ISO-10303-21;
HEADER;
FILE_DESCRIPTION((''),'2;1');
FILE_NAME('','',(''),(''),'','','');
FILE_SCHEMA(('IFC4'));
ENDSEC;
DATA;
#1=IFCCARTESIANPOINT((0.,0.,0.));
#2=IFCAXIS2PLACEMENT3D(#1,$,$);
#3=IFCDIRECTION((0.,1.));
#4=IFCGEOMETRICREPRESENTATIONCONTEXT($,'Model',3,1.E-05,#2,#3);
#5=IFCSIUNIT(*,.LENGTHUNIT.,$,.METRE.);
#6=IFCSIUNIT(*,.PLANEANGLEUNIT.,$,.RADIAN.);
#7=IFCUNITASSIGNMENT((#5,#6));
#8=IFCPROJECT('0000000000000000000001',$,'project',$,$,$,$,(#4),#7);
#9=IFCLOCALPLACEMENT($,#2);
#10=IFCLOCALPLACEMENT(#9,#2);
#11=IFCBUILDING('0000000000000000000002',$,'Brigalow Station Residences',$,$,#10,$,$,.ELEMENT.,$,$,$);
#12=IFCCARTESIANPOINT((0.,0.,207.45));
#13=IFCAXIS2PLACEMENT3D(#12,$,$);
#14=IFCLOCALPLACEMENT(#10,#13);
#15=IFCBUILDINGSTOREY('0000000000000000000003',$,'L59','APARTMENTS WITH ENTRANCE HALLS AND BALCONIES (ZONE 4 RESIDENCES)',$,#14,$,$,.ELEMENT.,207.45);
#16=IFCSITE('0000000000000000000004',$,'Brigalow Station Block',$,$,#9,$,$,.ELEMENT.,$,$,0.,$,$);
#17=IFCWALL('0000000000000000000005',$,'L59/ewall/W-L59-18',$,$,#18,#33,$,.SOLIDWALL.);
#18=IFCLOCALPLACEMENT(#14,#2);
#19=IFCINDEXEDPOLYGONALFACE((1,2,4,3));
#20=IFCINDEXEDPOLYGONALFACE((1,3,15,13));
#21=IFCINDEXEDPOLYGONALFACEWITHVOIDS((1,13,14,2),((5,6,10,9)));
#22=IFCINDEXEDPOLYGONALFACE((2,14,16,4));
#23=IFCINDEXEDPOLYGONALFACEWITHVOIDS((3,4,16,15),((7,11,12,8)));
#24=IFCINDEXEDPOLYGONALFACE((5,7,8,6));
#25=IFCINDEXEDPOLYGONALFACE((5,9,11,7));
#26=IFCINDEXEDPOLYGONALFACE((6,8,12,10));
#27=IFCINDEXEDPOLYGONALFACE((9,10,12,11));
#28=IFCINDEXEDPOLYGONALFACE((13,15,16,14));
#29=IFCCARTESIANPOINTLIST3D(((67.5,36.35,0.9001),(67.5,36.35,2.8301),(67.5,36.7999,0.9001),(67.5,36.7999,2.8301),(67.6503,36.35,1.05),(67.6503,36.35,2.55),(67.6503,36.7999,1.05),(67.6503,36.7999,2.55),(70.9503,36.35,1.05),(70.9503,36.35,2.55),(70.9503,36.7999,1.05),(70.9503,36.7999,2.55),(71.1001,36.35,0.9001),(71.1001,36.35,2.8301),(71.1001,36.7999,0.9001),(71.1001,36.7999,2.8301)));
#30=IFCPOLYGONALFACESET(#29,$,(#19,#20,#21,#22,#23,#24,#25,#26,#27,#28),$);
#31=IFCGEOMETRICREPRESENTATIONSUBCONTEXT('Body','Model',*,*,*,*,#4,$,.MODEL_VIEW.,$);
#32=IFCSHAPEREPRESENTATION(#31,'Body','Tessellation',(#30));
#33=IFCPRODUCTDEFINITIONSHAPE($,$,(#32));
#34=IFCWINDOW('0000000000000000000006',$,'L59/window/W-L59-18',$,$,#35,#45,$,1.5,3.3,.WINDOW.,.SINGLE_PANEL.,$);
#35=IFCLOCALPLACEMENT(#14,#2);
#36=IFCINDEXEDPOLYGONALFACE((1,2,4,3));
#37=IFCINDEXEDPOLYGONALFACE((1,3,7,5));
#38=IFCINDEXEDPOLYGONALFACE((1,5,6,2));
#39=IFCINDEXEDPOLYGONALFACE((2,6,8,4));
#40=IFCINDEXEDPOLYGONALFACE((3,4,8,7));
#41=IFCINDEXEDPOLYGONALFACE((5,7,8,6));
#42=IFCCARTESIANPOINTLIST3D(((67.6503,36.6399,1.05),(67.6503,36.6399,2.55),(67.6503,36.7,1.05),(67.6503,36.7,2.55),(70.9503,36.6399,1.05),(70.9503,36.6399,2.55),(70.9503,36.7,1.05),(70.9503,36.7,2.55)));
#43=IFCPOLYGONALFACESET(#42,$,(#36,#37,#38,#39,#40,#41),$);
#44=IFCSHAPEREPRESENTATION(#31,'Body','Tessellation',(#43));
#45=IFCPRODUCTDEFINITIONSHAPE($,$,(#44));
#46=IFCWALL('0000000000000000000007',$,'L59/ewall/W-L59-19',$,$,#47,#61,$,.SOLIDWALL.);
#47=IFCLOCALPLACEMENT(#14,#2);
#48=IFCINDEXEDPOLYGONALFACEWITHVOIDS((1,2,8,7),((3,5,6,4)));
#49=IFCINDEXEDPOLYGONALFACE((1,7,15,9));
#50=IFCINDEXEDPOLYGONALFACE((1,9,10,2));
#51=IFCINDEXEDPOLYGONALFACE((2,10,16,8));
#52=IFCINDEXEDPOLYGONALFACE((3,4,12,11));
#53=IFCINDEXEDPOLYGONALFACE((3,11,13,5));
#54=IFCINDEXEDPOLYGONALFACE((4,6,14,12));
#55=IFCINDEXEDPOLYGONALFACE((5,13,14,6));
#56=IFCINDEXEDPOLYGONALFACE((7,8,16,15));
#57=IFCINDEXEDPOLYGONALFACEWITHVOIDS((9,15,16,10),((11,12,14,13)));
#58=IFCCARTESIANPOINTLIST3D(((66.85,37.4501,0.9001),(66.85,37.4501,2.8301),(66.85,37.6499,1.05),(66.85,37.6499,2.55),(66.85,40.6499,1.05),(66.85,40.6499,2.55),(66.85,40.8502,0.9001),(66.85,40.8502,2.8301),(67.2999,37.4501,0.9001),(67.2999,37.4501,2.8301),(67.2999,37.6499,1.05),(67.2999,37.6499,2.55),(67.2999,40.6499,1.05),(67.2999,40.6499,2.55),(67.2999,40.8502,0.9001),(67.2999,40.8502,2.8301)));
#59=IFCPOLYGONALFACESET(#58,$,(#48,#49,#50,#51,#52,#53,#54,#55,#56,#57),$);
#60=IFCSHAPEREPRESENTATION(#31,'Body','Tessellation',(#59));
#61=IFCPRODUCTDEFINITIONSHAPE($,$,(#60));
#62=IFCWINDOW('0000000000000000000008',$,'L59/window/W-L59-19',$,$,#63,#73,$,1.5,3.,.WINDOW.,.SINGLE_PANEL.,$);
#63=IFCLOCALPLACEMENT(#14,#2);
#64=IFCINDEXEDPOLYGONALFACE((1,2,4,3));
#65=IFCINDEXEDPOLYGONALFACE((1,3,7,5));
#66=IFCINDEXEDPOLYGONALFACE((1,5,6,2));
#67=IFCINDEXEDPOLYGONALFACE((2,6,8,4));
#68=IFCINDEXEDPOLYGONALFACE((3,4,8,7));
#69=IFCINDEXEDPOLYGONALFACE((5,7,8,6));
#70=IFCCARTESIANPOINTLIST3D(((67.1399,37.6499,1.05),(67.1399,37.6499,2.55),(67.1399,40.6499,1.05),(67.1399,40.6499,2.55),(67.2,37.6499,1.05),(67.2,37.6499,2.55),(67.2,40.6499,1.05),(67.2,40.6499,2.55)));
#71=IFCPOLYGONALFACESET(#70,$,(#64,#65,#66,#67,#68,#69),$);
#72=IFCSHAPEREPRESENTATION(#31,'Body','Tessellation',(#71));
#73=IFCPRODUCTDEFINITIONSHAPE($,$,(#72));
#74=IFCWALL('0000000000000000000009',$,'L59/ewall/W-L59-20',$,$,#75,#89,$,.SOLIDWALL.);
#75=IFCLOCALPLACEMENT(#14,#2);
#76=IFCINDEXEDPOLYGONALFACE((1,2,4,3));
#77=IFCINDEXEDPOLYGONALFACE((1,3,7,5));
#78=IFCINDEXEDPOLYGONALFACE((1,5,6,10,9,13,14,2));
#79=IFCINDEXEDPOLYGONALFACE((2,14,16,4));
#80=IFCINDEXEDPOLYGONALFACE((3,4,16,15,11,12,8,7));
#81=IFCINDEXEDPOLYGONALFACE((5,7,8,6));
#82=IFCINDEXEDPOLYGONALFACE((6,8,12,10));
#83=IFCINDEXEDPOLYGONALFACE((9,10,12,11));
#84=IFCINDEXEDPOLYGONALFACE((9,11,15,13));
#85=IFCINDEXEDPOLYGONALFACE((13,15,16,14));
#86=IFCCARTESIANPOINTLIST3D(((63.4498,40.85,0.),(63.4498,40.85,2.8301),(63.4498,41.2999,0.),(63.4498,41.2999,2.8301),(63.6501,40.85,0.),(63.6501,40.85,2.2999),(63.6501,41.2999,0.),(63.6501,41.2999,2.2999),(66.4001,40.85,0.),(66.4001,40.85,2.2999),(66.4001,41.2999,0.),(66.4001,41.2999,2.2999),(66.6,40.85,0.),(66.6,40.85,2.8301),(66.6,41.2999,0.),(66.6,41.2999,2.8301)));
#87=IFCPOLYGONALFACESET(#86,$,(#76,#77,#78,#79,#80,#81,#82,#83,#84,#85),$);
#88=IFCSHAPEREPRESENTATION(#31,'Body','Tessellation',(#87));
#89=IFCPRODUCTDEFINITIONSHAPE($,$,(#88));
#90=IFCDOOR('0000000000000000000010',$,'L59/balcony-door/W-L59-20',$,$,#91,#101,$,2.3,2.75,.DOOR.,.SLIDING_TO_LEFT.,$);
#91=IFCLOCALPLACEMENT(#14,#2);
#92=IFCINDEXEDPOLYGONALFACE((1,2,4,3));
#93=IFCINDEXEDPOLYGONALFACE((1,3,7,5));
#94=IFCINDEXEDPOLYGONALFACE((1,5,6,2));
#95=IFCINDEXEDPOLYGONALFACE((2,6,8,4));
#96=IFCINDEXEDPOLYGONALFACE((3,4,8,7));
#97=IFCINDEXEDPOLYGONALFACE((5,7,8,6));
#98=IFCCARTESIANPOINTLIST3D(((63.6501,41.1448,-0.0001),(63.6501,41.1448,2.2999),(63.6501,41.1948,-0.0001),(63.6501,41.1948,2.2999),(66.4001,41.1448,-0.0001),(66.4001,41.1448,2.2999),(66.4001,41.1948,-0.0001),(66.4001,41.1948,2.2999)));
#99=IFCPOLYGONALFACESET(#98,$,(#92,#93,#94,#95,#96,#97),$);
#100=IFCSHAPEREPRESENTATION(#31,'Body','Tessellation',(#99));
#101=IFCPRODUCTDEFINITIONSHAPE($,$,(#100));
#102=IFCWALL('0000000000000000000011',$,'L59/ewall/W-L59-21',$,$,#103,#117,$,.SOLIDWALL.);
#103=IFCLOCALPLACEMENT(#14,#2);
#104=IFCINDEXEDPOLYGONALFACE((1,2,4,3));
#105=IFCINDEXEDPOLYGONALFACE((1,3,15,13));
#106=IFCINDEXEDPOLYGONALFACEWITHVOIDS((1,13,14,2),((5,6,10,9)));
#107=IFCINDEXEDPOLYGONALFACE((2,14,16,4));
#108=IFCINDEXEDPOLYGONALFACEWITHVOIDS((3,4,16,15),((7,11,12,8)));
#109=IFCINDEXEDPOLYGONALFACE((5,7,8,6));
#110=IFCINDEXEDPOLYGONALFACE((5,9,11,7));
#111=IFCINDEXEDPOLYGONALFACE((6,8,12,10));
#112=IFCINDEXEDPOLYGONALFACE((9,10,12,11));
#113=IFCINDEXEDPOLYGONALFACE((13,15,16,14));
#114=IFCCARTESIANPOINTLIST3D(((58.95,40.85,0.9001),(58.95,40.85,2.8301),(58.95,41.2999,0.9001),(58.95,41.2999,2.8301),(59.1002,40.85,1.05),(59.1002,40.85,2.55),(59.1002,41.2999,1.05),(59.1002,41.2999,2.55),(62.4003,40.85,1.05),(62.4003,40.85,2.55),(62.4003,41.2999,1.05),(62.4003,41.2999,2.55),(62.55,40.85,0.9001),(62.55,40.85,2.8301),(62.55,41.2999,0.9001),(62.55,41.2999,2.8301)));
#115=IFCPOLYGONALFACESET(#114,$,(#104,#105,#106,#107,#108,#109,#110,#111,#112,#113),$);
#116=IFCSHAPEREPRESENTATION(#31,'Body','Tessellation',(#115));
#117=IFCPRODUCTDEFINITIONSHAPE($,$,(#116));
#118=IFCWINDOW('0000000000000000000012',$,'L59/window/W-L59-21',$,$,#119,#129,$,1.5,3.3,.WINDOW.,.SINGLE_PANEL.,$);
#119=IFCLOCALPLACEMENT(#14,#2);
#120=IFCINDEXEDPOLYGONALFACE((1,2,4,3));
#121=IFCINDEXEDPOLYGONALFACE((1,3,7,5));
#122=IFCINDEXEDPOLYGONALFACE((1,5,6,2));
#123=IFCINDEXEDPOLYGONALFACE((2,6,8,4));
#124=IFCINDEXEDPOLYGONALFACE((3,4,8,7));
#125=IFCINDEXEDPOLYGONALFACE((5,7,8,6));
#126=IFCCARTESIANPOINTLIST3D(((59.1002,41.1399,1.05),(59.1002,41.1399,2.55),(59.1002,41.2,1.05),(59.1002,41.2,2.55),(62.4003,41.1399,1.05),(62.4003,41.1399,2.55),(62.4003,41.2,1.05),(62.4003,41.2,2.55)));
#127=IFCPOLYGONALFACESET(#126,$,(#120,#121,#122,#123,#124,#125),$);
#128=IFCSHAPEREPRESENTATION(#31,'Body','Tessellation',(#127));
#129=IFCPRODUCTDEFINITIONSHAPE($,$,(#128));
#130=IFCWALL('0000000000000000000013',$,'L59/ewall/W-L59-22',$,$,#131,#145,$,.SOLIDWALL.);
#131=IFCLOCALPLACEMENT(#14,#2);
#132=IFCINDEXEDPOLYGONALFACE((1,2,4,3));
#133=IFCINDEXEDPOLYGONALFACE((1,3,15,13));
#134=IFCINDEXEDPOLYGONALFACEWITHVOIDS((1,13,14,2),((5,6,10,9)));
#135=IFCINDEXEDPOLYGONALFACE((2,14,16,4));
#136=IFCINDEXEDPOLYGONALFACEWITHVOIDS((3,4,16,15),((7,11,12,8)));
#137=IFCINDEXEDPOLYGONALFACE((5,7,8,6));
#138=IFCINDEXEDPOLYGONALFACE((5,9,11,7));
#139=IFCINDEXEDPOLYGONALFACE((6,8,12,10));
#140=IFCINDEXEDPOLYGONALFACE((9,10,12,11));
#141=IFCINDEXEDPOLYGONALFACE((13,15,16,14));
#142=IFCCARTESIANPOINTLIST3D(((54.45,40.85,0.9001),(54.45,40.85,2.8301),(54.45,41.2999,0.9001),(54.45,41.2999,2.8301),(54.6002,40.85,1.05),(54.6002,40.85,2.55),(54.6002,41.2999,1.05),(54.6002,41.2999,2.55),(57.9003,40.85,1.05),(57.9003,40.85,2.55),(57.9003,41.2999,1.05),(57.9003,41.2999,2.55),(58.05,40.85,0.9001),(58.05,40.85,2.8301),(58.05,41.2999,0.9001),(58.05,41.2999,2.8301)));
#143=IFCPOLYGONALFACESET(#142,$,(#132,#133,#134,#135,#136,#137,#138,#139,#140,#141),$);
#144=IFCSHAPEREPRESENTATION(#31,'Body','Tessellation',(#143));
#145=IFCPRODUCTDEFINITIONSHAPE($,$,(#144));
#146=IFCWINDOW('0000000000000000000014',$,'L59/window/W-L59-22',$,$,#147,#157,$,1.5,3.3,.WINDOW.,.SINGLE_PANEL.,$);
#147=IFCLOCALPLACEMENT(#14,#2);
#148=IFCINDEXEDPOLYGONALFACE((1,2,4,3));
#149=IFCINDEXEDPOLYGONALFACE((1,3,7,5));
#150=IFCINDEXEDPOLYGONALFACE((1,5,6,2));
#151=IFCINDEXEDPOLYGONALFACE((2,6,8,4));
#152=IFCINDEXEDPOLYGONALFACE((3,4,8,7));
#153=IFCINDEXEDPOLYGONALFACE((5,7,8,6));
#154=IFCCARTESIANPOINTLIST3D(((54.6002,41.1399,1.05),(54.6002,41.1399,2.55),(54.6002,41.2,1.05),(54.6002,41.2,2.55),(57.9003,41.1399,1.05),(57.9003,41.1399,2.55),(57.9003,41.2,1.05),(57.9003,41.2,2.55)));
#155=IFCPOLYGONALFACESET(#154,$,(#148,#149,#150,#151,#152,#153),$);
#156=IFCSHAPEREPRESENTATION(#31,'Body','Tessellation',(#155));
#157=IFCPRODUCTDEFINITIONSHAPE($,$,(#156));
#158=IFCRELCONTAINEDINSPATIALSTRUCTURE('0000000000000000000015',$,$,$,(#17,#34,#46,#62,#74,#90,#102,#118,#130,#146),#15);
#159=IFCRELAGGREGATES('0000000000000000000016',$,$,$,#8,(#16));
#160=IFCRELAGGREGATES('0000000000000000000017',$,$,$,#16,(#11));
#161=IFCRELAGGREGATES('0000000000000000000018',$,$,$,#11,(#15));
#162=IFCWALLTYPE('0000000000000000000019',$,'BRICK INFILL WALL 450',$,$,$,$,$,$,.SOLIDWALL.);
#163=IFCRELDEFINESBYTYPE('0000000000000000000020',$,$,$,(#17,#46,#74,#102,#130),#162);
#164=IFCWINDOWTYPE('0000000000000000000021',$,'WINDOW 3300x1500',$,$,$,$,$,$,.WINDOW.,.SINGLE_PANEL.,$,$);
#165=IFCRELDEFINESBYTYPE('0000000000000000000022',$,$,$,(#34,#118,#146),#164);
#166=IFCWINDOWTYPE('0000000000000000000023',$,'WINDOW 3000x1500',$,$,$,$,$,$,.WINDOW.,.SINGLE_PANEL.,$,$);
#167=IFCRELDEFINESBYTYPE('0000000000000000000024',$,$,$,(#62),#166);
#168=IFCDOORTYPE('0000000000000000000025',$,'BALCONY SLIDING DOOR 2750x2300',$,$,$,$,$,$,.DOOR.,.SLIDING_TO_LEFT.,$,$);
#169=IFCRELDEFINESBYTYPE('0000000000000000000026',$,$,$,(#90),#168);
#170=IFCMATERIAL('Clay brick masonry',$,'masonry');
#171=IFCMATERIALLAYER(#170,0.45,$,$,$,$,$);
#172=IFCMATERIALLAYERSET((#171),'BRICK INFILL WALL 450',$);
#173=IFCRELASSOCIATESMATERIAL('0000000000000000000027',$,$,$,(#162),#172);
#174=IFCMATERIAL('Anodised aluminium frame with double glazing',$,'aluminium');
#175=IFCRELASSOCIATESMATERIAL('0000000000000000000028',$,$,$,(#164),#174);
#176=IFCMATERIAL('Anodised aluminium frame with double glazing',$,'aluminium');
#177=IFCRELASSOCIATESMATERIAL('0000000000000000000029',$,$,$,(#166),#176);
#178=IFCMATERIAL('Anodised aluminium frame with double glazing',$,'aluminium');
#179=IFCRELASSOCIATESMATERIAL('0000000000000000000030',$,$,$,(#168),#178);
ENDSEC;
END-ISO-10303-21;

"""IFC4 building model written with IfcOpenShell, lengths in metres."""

from ifc_helpers import new_model, si_unit, direction, frame, frame_2d, origin, place, context, subcontext, project, spatial, rectangle, extrude, material, layer, layer_set, type_object, element, fill, save


model = new_model("IFC4")

# Units and contexts
model_context = context("Model", 3, precision=1e-05, world=origin(), true_north=direction((0.0, 1.0)))
body_context = subcontext(model_context, "Body", "Model", "MODEL_VIEW")
ifc_project = project(units=[si_unit("LENGTHUNIT", "METRE"), si_unit("PLANEANGLEUNIT", "RADIAN")], contexts=[model_context])

# Site, building, storey
site_placement = place(None, origin())
site = spatial("IfcSite", under=ifc_project, at=site_placement, Name="Brigalow Station Block", CompositionType="ELEMENT", RefElevation=0.0)
building_placement = place(site_placement, origin())
building = spatial("IfcBuilding", under=site, at=building_placement, Name="Brigalow Station Residences", CompositionType="ELEMENT")
storey_placement = place(building_placement, frame((0.0, 0.0, 207.45)))
storey = spatial("IfcBuildingStorey", under=building, at=storey_placement, Name="L59", Description="APARTMENTS WITH ENTRANCE HALLS AND BALCONIES (ZONE 4 RESIDENCES)", CompositionType="ELEMENT", Elevation=207.45)

# Walls, openings, windows
ifc_material_1 = material(Name="Clay brick masonry", Category="masonry")
ifc_layer_1 = layer(ifc_material_1, 0.45)
ifc_layer_set_1 = layer_set([ifc_layer_1], Name="BRICK INFILL WALL 450")
wall_type_1 = type_object("IfcWallType", Name="BRICK INFILL WALL 450", PredefinedType="SOLIDWALL", material=ifc_layer_set_1)
wall_1_placement = place(storey_placement, frame((71.1001, 36.575, 0.9001), z_axis=(0.0, 0.0, 1.0), x_axis=(-1.0, 0.0, 0.0)))
wall_1 = element("IfcWall", 1, at=wall_1_placement, inside=storey, type_object=wall_type_1, Name="L59/ewall/W-L59-18", PredefinedType="SOLIDWALL", context=body_context, shape_type="SweptSolid", body=[
    extrude(rectangle(XDim=3.6001, YDim=0.45, at=frame_2d((1.8, 0.0))), origin(), (0.0, 0.0, 1.0), 1.9299),
])
opening_1_placement = place(wall_1_placement, frame((0.1499, 0.0, 0.1499)))
opening_1 = element("IfcOpeningElement", 2, at=opening_1_placement, cuts=wall_1, PredefinedType="OPENING", context=body_context, shape_type="SweptSolid", body=[
    extrude(rectangle(XDim=3.3, YDim=1.5, at=frame_2d((1.6499, 0.75))), frame((0.0, 0.2349, 0.0), z_axis=(0.0, -1.0, 0.0), x_axis=(1.0, 0.0, 0.0)), (0.0, 0.0, 1.0), 0.47),
])
ifc_material_2 = material(Name="Anodised aluminium frame with double glazing", Category="aluminium")
window_type_1 = type_object("IfcWindowType", Name="WINDOW 3300x1500", PartitioningType="SINGLE_PANEL", PredefinedType="WINDOW", material=ifc_material_2)
window_1_placement = place(opening_1_placement, origin())
window_1 = element("IfcWindow", 3, at=window_1_placement, inside=storey, type_object=window_type_1, Name="L59/window/W-L59-18", OverallHeight=1.5, OverallWidth=3.3, PartitioningType="SINGLE_PANEL", PredefinedType="WINDOW", context=body_context, shape_type="SweptSolid", body=[
    extrude(rectangle(XDim=3.3, YDim=1.5, at=frame_2d((1.6499, 0.75))), frame((0.0, -0.0649, 0.0), z_axis=(0.0, -1.0, 0.0), x_axis=(1.0, 0.0, 0.0)), (0.0, 0.0, 1.0), 0.0601),
])
fill(opening_1, window_1)
wall_2_placement = place(storey_placement, frame((67.075, 37.45, 0.9001), z_axis=(0.0, 0.0, 1.0), x_axis=(0.0, 1.0, 0.0)))
wall_2 = element("IfcWall", 4, at=wall_2_placement, inside=storey, type_object=wall_type_1, Name="L59/ewall/W-L59-19", PredefinedType="SOLIDWALL", context=body_context, shape_type="SweptSolid", body=[
    extrude(rectangle(XDim=3.4001, YDim=0.45, at=frame_2d((1.7002, 0.0))), origin(), (0.0, 0.0, 1.0), 1.9299),
])
opening_2_placement = place(wall_2_placement, frame((0.2, 0.0, 0.1499)))
opening_2 = element("IfcOpeningElement", 5, at=opening_2_placement, cuts=wall_2, PredefinedType="OPENING", context=body_context, shape_type="SweptSolid", body=[
    extrude(rectangle(XDim=3.0, YDim=1.5, at=frame_2d((1.5, 0.75))), frame((0.0, 0.2349, 0.0), z_axis=(0.0, -1.0, 0.0), x_axis=(1.0, 0.0, 0.0)), (0.0, 0.0, 1.0), 0.47),
])
ifc_material_3 = material(Name="Anodised aluminium frame with double glazing", Category="aluminium")
window_type_2 = type_object("IfcWindowType", Name="WINDOW 3000x1500", PartitioningType="SINGLE_PANEL", PredefinedType="WINDOW", material=ifc_material_3)
window_2_placement = place(opening_2_placement, origin())
window_2 = element("IfcWindow", 6, at=window_2_placement, inside=storey, type_object=window_type_2, Name="L59/window/W-L59-19", OverallHeight=1.5, OverallWidth=3.0, PartitioningType="SINGLE_PANEL", PredefinedType="WINDOW", context=body_context, shape_type="SweptSolid", body=[
    extrude(rectangle(XDim=3.0, YDim=1.5, at=frame_2d((1.5, 0.75))), frame((0.0, -0.0649, 0.0), z_axis=(0.0, -1.0, 0.0), x_axis=(1.0, 0.0, 0.0)), (0.0, 0.0, 1.0), 0.0601),
])
fill(opening_2, window_2)

# Wall, opening, door
wall_3_placement = place(storey_placement, frame((66.6001, 41.075, 0.0), z_axis=(0.0, 0.0, 1.0), x_axis=(-1.0, 0.0, 0.0)))
wall_3 = element("IfcWall", 7, at=wall_3_placement, inside=storey, type_object=wall_type_1, Name="L59/ewall/W-L59-20", PredefinedType="SOLIDWALL", context=body_context, shape_type="SweptSolid", body=[
    extrude(rectangle(XDim=3.1501, YDim=0.45, at=frame_2d((1.5752, 0.0))), origin(), (0.0, 0.0, 1.0), 2.8301),
])
opening_3_placement = place(wall_3_placement, frame((0.2, 0.0, 0.0)))
opening_3 = element("IfcOpeningElement", 8, at=opening_3_placement, cuts=wall_3, PredefinedType="OPENING", context=body_context, shape_type="SweptSolid", body=[
    extrude(rectangle(XDim=2.75, YDim=2.3, at=frame_2d((1.375, 1.1499))), frame((0.0, 0.2349, 0.0), z_axis=(0.0, -1.0, 0.0), x_axis=(1.0, 0.0, 0.0)), (0.0, 0.0, 1.0), 0.47),
])
ifc_material_4 = material(Name="Anodised aluminium frame with double glazing", Category="aluminium")
door_type_1 = type_object("IfcDoorType", Name="BALCONY SLIDING DOOR 2750x2300", OperationType="SLIDING_TO_LEFT", PredefinedType="DOOR", material=ifc_material_4)
door_1_placement = place(opening_3_placement, origin())
door_1 = element("IfcDoor", 9, at=door_1_placement, inside=storey, type_object=door_type_1, Name="L59/balcony-door/W-L59-20", OperationType="SLIDING_TO_LEFT", OverallHeight=2.3, OverallWidth=2.75, PredefinedType="DOOR", context=body_context, shape_type="SweptSolid", body=[
    extrude(rectangle(XDim=2.75, YDim=2.3, at=frame_2d((1.375, 1.1499))), frame((0.0, -0.0698, 0.0), z_axis=(0.0, -1.0, 0.0), x_axis=(1.0, 0.0, 0.0)), (0.0, 0.0, 1.0), 0.05),
])
fill(opening_3, door_1)

# Walls, openings, windows
wall_4_placement = place(storey_placement, frame((62.55, 41.075, 0.9001), z_axis=(0.0, 0.0, 1.0), x_axis=(-1.0, 0.0, 0.0)))
wall_4 = element("IfcWall", 10, at=wall_4_placement, inside=storey, type_object=wall_type_1, Name="L59/ewall/W-L59-21", PredefinedType="SOLIDWALL", context=body_context, shape_type="SweptSolid", body=[
    extrude(rectangle(XDim=3.6001, YDim=0.45, at=frame_2d((1.8, 0.0))), origin(), (0.0, 0.0, 1.0), 1.9299),
])
opening_4_placement = place(wall_4_placement, frame((0.1499, 0.0, 0.1499)))
opening_4 = element("IfcOpeningElement", 11, at=opening_4_placement, cuts=wall_4, PredefinedType="OPENING", context=body_context, shape_type="SweptSolid", body=[
    extrude(rectangle(XDim=3.3, YDim=1.5, at=frame_2d((1.6499, 0.75))), frame((0.0, 0.2349, 0.0), z_axis=(0.0, -1.0, 0.0), x_axis=(1.0, 0.0, 0.0)), (0.0, 0.0, 1.0), 0.47),
])
window_3_placement = place(opening_4_placement, origin())
window_3 = element("IfcWindow", 12, at=window_3_placement, inside=storey, type_object=window_type_1, Name="L59/window/W-L59-21", OverallHeight=1.5, OverallWidth=3.3, PartitioningType="SINGLE_PANEL", PredefinedType="WINDOW", context=body_context, shape_type="SweptSolid", body=[
    extrude(rectangle(XDim=3.3, YDim=1.5, at=frame_2d((1.6499, 0.75))), frame((0.0, -0.0649, 0.0), z_axis=(0.0, -1.0, 0.0), x_axis=(1.0, 0.0, 0.0)), (0.0, 0.0, 1.0), 0.0601),
])
fill(opening_4, window_3)
wall_5_placement = place(storey_placement, frame((58.05, 41.075, 0.9001), z_axis=(0.0, 0.0, 1.0), x_axis=(-1.0, 0.0, 0.0)))
wall_5 = element("IfcWall", 13, at=wall_5_placement, inside=storey, type_object=wall_type_1, Name="L59/ewall/W-L59-22", PredefinedType="SOLIDWALL", context=body_context, shape_type="SweptSolid", body=[
    extrude(rectangle(XDim=3.6001, YDim=0.45, at=frame_2d((1.8, 0.0))), origin(), (0.0, 0.0, 1.0), 1.9299),
])
opening_5_placement = place(wall_5_placement, frame((0.1499, 0.0, 0.1499)))
opening_5 = element("IfcOpeningElement", 14, at=opening_5_placement, cuts=wall_5, PredefinedType="OPENING", context=body_context, shape_type="SweptSolid", body=[
    extrude(rectangle(XDim=3.3, YDim=1.5, at=frame_2d((1.6499, 0.75))), frame((0.0, 0.2349, 0.0), z_axis=(0.0, -1.0, 0.0), x_axis=(1.0, 0.0, 0.0)), (0.0, 0.0, 1.0), 0.47),
])
window_4_placement = place(opening_5_placement, origin())
window_4 = element("IfcWindow", 15, at=window_4_placement, inside=storey, type_object=window_type_1, Name="L59/window/W-L59-22", OverallHeight=1.5, OverallWidth=3.3, PartitioningType="SINGLE_PANEL", PredefinedType="WINDOW", context=body_context, shape_type="SweptSolid", body=[
    extrude(rectangle(XDim=3.3, YDim=1.5, at=frame_2d((1.6499, 0.75))), frame((0.0, -0.0649, 0.0), z_axis=(0.0, -1.0, 0.0), x_axis=(1.0, 0.0, 0.0)), (0.0, 0.0, 1.0), 0.0601),
])
fill(opening_5, window_4)

save(model, "model.ifc")
